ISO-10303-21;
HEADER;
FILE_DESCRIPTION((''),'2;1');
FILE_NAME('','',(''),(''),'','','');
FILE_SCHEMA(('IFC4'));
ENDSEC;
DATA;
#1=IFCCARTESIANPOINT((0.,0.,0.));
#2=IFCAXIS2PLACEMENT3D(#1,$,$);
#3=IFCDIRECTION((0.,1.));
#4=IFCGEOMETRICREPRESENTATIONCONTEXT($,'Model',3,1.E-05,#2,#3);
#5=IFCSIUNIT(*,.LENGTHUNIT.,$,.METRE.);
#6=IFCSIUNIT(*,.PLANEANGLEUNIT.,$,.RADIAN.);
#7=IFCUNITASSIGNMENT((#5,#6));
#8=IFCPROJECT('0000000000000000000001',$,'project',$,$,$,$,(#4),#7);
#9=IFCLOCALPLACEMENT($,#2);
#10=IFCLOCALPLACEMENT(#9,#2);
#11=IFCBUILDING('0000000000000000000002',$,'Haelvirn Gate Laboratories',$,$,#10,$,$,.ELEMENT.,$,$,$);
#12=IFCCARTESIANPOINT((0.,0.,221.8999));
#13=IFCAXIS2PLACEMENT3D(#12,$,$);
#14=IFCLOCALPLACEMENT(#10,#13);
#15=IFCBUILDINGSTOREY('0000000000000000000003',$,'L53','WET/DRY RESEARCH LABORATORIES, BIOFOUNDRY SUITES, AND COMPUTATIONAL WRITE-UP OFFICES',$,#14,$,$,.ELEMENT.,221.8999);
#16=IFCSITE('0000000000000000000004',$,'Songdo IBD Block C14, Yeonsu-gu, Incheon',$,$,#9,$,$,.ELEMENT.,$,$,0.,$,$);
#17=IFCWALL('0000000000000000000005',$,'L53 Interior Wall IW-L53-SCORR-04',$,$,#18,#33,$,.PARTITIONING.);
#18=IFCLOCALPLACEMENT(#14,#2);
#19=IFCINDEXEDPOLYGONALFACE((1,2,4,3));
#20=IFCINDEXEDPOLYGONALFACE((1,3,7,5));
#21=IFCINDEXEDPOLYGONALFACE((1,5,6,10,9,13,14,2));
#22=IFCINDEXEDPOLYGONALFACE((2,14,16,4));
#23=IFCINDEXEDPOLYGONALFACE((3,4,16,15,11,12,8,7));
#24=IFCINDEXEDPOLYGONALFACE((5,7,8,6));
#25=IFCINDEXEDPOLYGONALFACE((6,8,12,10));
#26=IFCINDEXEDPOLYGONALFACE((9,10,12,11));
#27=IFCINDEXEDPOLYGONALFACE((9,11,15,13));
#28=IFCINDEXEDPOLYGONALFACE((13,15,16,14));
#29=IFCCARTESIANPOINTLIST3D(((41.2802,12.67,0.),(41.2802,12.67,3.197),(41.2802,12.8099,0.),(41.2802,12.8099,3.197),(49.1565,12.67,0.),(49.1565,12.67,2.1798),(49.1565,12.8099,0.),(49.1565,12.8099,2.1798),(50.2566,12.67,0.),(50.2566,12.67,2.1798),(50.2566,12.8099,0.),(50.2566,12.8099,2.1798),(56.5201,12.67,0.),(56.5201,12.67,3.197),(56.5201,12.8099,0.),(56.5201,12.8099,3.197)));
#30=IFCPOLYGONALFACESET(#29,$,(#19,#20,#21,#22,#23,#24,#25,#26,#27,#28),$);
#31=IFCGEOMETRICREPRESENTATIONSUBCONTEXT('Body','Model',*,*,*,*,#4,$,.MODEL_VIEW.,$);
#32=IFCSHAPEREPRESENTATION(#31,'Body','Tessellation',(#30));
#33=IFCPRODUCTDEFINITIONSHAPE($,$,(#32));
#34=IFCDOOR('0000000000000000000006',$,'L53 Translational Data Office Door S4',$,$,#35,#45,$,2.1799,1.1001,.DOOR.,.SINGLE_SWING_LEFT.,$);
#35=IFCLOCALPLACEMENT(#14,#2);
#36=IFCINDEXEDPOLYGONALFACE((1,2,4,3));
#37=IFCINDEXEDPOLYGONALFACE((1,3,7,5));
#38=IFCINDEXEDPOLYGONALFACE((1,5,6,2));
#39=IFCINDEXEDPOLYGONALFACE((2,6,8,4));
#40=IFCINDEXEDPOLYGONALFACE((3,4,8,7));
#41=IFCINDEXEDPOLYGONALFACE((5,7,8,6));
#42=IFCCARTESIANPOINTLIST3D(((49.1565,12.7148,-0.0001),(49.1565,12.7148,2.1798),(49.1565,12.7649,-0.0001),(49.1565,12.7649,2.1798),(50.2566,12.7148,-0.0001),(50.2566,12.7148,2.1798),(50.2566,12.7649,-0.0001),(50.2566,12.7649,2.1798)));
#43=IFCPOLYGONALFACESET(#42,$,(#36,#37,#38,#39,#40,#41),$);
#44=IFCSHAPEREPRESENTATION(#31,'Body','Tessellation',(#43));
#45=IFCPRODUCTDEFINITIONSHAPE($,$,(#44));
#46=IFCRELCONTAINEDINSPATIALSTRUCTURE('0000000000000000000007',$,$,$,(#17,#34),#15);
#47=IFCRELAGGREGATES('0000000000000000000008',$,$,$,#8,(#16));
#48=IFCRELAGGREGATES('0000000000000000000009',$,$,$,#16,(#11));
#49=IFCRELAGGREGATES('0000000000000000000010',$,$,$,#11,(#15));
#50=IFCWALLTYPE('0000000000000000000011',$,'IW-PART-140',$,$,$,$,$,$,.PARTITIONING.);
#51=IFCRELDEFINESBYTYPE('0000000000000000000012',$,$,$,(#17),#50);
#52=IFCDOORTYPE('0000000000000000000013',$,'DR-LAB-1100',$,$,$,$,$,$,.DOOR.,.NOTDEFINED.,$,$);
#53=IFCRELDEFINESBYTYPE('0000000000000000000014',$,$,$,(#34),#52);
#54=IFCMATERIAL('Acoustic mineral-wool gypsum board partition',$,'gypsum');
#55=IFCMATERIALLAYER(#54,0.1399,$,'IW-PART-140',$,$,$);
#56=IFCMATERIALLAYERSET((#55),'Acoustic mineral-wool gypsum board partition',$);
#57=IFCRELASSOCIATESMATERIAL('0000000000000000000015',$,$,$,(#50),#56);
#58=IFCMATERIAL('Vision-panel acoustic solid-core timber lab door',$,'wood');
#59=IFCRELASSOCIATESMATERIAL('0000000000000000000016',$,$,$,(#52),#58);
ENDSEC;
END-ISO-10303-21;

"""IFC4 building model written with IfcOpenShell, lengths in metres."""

from ifc_helpers import new_model, si_unit, direction, frame, frame_2d, origin, place, context, subcontext, project, spatial, rectangle, extrude, source, transform, mapped, material, layer, layer_set, type_object, type_shapes, element, fill, save


model = new_model("IFC4")

# Units and contexts
model_context = context("Model", 3, precision=1e-05, world=origin(), true_north=direction((0.0, 1.0)))
body_context = subcontext(model_context, "Body", "Model", "MODEL_VIEW")
ifc_project = project(units=[si_unit("LENGTHUNIT", "METRE"), si_unit("PLANEANGLEUNIT", "RADIAN")], contexts=[model_context])

# Site, building, storey
site_placement = place(None, origin())
site = spatial("IfcSite", under=ifc_project, at=site_placement, Name="Songdo IBD Block C14, Yeonsu-gu, Incheon", CompositionType="ELEMENT", RefElevation=0.0)
building_placement = place(site_placement, origin())
building = spatial("IfcBuilding", under=site, at=building_placement, Name="Haelvirn Gate Laboratories", CompositionType="ELEMENT")
storey_placement = place(building_placement, frame((0.0, 0.0, 221.8999)))
storey = spatial("IfcBuildingStorey", under=building, at=storey_placement, Name="L53", Description="WET/DRY RESEARCH LABORATORIES, BIOFOUNDRY SUITES, AND COMPUTATIONAL WRITE-UP OFFICES", CompositionType="ELEMENT", Elevation=221.8999)

# Wall, opening, door
ifc_material_1 = material(Name="Acoustic mineral-wool gypsum board partition", Category="gypsum")
ifc_layer_1 = layer(ifc_material_1, 0.1399, Name="IW-PART-140")
ifc_layer_set_1 = layer_set([ifc_layer_1], Name="Acoustic mineral-wool gypsum board partition")
wall_type_1 = type_object("IfcWallType", Name="IW-PART-140", PredefinedType="PARTITIONING", material=ifc_layer_set_1)
wall_1_placement = place(storey_placement, frame((41.28, 12.74, 0.0), z_axis=(0.0, 0.0, 1.0), x_axis=(1.0, 0.0, 0.0)))
wall_1 = element("IfcWall", 1, at=wall_1_placement, inside=storey, type_object=wall_type_1, Name="L53 Interior Wall IW-L53-SCORR-04", PredefinedType="PARTITIONING", context=body_context, shape_type="SweptSolid", body=[
    extrude(rectangle(XDim=15.24, YDim=0.1399, at=frame_2d((7.6201, 0.0))), origin(), (0.0, 0.0, 1.0), 3.197),
])
opening_placement = place(wall_1_placement, frame((7.8765, 0.0, 0.0)))
opening = element("IfcOpeningElement", 2, at=opening_placement, cuts=wall_1, PredefinedType="OPENING", context=body_context, shape_type="SweptSolid", body=[
    extrude(rectangle(XDim=1.1001, YDim=2.1799, at=frame_2d((0.55, 1.0898))), frame((0.0, 0.0801, 0.0), z_axis=(0.0, -1.0, 0.0), x_axis=(1.0, 0.0, 0.0)), (0.0, 0.0, 1.0), 0.1599),
])
ifc_material_2 = material(Name="Vision-panel acoustic solid-core timber lab door", Category="wood")
door_type = type_object("IfcDoorType", Name="DR-LAB-1100", OperationType="NOTDEFINED", PredefinedType="DOOR", material=ifc_material_2)
shared_shape_1 = source(origin(), body_context, "Body", "SweptSolid", [
    extrude(rectangle(XDim=1.1001, YDim=2.1799, at=frame_2d((0.55, 1.0898))), frame((0.0, 0.0249, 0.0), z_axis=(0.0, -1.0, 0.0), x_axis=(1.0, 0.0, 0.0)), (0.0, 0.0, 1.0), 0.05),
])
type_shapes(door_type, [shared_shape_1])
door_placement = place(opening_placement, origin())
door = element("IfcDoor", 3, at=door_placement, inside=storey, type_object=door_type, Name="L53 Translational Data Office Door S4", OperationType="SINGLE_SWING_LEFT", OverallHeight=2.1799, OverallWidth=1.1001, PredefinedType="DOOR", context=body_context, shape_type="MappedRepresentation", body=[
    mapped(shared_shape_1, transform((0.0, 0.0, 0.0), scale=1.0)),
])
fill(opening, door)

save(model, "model.ifc")
